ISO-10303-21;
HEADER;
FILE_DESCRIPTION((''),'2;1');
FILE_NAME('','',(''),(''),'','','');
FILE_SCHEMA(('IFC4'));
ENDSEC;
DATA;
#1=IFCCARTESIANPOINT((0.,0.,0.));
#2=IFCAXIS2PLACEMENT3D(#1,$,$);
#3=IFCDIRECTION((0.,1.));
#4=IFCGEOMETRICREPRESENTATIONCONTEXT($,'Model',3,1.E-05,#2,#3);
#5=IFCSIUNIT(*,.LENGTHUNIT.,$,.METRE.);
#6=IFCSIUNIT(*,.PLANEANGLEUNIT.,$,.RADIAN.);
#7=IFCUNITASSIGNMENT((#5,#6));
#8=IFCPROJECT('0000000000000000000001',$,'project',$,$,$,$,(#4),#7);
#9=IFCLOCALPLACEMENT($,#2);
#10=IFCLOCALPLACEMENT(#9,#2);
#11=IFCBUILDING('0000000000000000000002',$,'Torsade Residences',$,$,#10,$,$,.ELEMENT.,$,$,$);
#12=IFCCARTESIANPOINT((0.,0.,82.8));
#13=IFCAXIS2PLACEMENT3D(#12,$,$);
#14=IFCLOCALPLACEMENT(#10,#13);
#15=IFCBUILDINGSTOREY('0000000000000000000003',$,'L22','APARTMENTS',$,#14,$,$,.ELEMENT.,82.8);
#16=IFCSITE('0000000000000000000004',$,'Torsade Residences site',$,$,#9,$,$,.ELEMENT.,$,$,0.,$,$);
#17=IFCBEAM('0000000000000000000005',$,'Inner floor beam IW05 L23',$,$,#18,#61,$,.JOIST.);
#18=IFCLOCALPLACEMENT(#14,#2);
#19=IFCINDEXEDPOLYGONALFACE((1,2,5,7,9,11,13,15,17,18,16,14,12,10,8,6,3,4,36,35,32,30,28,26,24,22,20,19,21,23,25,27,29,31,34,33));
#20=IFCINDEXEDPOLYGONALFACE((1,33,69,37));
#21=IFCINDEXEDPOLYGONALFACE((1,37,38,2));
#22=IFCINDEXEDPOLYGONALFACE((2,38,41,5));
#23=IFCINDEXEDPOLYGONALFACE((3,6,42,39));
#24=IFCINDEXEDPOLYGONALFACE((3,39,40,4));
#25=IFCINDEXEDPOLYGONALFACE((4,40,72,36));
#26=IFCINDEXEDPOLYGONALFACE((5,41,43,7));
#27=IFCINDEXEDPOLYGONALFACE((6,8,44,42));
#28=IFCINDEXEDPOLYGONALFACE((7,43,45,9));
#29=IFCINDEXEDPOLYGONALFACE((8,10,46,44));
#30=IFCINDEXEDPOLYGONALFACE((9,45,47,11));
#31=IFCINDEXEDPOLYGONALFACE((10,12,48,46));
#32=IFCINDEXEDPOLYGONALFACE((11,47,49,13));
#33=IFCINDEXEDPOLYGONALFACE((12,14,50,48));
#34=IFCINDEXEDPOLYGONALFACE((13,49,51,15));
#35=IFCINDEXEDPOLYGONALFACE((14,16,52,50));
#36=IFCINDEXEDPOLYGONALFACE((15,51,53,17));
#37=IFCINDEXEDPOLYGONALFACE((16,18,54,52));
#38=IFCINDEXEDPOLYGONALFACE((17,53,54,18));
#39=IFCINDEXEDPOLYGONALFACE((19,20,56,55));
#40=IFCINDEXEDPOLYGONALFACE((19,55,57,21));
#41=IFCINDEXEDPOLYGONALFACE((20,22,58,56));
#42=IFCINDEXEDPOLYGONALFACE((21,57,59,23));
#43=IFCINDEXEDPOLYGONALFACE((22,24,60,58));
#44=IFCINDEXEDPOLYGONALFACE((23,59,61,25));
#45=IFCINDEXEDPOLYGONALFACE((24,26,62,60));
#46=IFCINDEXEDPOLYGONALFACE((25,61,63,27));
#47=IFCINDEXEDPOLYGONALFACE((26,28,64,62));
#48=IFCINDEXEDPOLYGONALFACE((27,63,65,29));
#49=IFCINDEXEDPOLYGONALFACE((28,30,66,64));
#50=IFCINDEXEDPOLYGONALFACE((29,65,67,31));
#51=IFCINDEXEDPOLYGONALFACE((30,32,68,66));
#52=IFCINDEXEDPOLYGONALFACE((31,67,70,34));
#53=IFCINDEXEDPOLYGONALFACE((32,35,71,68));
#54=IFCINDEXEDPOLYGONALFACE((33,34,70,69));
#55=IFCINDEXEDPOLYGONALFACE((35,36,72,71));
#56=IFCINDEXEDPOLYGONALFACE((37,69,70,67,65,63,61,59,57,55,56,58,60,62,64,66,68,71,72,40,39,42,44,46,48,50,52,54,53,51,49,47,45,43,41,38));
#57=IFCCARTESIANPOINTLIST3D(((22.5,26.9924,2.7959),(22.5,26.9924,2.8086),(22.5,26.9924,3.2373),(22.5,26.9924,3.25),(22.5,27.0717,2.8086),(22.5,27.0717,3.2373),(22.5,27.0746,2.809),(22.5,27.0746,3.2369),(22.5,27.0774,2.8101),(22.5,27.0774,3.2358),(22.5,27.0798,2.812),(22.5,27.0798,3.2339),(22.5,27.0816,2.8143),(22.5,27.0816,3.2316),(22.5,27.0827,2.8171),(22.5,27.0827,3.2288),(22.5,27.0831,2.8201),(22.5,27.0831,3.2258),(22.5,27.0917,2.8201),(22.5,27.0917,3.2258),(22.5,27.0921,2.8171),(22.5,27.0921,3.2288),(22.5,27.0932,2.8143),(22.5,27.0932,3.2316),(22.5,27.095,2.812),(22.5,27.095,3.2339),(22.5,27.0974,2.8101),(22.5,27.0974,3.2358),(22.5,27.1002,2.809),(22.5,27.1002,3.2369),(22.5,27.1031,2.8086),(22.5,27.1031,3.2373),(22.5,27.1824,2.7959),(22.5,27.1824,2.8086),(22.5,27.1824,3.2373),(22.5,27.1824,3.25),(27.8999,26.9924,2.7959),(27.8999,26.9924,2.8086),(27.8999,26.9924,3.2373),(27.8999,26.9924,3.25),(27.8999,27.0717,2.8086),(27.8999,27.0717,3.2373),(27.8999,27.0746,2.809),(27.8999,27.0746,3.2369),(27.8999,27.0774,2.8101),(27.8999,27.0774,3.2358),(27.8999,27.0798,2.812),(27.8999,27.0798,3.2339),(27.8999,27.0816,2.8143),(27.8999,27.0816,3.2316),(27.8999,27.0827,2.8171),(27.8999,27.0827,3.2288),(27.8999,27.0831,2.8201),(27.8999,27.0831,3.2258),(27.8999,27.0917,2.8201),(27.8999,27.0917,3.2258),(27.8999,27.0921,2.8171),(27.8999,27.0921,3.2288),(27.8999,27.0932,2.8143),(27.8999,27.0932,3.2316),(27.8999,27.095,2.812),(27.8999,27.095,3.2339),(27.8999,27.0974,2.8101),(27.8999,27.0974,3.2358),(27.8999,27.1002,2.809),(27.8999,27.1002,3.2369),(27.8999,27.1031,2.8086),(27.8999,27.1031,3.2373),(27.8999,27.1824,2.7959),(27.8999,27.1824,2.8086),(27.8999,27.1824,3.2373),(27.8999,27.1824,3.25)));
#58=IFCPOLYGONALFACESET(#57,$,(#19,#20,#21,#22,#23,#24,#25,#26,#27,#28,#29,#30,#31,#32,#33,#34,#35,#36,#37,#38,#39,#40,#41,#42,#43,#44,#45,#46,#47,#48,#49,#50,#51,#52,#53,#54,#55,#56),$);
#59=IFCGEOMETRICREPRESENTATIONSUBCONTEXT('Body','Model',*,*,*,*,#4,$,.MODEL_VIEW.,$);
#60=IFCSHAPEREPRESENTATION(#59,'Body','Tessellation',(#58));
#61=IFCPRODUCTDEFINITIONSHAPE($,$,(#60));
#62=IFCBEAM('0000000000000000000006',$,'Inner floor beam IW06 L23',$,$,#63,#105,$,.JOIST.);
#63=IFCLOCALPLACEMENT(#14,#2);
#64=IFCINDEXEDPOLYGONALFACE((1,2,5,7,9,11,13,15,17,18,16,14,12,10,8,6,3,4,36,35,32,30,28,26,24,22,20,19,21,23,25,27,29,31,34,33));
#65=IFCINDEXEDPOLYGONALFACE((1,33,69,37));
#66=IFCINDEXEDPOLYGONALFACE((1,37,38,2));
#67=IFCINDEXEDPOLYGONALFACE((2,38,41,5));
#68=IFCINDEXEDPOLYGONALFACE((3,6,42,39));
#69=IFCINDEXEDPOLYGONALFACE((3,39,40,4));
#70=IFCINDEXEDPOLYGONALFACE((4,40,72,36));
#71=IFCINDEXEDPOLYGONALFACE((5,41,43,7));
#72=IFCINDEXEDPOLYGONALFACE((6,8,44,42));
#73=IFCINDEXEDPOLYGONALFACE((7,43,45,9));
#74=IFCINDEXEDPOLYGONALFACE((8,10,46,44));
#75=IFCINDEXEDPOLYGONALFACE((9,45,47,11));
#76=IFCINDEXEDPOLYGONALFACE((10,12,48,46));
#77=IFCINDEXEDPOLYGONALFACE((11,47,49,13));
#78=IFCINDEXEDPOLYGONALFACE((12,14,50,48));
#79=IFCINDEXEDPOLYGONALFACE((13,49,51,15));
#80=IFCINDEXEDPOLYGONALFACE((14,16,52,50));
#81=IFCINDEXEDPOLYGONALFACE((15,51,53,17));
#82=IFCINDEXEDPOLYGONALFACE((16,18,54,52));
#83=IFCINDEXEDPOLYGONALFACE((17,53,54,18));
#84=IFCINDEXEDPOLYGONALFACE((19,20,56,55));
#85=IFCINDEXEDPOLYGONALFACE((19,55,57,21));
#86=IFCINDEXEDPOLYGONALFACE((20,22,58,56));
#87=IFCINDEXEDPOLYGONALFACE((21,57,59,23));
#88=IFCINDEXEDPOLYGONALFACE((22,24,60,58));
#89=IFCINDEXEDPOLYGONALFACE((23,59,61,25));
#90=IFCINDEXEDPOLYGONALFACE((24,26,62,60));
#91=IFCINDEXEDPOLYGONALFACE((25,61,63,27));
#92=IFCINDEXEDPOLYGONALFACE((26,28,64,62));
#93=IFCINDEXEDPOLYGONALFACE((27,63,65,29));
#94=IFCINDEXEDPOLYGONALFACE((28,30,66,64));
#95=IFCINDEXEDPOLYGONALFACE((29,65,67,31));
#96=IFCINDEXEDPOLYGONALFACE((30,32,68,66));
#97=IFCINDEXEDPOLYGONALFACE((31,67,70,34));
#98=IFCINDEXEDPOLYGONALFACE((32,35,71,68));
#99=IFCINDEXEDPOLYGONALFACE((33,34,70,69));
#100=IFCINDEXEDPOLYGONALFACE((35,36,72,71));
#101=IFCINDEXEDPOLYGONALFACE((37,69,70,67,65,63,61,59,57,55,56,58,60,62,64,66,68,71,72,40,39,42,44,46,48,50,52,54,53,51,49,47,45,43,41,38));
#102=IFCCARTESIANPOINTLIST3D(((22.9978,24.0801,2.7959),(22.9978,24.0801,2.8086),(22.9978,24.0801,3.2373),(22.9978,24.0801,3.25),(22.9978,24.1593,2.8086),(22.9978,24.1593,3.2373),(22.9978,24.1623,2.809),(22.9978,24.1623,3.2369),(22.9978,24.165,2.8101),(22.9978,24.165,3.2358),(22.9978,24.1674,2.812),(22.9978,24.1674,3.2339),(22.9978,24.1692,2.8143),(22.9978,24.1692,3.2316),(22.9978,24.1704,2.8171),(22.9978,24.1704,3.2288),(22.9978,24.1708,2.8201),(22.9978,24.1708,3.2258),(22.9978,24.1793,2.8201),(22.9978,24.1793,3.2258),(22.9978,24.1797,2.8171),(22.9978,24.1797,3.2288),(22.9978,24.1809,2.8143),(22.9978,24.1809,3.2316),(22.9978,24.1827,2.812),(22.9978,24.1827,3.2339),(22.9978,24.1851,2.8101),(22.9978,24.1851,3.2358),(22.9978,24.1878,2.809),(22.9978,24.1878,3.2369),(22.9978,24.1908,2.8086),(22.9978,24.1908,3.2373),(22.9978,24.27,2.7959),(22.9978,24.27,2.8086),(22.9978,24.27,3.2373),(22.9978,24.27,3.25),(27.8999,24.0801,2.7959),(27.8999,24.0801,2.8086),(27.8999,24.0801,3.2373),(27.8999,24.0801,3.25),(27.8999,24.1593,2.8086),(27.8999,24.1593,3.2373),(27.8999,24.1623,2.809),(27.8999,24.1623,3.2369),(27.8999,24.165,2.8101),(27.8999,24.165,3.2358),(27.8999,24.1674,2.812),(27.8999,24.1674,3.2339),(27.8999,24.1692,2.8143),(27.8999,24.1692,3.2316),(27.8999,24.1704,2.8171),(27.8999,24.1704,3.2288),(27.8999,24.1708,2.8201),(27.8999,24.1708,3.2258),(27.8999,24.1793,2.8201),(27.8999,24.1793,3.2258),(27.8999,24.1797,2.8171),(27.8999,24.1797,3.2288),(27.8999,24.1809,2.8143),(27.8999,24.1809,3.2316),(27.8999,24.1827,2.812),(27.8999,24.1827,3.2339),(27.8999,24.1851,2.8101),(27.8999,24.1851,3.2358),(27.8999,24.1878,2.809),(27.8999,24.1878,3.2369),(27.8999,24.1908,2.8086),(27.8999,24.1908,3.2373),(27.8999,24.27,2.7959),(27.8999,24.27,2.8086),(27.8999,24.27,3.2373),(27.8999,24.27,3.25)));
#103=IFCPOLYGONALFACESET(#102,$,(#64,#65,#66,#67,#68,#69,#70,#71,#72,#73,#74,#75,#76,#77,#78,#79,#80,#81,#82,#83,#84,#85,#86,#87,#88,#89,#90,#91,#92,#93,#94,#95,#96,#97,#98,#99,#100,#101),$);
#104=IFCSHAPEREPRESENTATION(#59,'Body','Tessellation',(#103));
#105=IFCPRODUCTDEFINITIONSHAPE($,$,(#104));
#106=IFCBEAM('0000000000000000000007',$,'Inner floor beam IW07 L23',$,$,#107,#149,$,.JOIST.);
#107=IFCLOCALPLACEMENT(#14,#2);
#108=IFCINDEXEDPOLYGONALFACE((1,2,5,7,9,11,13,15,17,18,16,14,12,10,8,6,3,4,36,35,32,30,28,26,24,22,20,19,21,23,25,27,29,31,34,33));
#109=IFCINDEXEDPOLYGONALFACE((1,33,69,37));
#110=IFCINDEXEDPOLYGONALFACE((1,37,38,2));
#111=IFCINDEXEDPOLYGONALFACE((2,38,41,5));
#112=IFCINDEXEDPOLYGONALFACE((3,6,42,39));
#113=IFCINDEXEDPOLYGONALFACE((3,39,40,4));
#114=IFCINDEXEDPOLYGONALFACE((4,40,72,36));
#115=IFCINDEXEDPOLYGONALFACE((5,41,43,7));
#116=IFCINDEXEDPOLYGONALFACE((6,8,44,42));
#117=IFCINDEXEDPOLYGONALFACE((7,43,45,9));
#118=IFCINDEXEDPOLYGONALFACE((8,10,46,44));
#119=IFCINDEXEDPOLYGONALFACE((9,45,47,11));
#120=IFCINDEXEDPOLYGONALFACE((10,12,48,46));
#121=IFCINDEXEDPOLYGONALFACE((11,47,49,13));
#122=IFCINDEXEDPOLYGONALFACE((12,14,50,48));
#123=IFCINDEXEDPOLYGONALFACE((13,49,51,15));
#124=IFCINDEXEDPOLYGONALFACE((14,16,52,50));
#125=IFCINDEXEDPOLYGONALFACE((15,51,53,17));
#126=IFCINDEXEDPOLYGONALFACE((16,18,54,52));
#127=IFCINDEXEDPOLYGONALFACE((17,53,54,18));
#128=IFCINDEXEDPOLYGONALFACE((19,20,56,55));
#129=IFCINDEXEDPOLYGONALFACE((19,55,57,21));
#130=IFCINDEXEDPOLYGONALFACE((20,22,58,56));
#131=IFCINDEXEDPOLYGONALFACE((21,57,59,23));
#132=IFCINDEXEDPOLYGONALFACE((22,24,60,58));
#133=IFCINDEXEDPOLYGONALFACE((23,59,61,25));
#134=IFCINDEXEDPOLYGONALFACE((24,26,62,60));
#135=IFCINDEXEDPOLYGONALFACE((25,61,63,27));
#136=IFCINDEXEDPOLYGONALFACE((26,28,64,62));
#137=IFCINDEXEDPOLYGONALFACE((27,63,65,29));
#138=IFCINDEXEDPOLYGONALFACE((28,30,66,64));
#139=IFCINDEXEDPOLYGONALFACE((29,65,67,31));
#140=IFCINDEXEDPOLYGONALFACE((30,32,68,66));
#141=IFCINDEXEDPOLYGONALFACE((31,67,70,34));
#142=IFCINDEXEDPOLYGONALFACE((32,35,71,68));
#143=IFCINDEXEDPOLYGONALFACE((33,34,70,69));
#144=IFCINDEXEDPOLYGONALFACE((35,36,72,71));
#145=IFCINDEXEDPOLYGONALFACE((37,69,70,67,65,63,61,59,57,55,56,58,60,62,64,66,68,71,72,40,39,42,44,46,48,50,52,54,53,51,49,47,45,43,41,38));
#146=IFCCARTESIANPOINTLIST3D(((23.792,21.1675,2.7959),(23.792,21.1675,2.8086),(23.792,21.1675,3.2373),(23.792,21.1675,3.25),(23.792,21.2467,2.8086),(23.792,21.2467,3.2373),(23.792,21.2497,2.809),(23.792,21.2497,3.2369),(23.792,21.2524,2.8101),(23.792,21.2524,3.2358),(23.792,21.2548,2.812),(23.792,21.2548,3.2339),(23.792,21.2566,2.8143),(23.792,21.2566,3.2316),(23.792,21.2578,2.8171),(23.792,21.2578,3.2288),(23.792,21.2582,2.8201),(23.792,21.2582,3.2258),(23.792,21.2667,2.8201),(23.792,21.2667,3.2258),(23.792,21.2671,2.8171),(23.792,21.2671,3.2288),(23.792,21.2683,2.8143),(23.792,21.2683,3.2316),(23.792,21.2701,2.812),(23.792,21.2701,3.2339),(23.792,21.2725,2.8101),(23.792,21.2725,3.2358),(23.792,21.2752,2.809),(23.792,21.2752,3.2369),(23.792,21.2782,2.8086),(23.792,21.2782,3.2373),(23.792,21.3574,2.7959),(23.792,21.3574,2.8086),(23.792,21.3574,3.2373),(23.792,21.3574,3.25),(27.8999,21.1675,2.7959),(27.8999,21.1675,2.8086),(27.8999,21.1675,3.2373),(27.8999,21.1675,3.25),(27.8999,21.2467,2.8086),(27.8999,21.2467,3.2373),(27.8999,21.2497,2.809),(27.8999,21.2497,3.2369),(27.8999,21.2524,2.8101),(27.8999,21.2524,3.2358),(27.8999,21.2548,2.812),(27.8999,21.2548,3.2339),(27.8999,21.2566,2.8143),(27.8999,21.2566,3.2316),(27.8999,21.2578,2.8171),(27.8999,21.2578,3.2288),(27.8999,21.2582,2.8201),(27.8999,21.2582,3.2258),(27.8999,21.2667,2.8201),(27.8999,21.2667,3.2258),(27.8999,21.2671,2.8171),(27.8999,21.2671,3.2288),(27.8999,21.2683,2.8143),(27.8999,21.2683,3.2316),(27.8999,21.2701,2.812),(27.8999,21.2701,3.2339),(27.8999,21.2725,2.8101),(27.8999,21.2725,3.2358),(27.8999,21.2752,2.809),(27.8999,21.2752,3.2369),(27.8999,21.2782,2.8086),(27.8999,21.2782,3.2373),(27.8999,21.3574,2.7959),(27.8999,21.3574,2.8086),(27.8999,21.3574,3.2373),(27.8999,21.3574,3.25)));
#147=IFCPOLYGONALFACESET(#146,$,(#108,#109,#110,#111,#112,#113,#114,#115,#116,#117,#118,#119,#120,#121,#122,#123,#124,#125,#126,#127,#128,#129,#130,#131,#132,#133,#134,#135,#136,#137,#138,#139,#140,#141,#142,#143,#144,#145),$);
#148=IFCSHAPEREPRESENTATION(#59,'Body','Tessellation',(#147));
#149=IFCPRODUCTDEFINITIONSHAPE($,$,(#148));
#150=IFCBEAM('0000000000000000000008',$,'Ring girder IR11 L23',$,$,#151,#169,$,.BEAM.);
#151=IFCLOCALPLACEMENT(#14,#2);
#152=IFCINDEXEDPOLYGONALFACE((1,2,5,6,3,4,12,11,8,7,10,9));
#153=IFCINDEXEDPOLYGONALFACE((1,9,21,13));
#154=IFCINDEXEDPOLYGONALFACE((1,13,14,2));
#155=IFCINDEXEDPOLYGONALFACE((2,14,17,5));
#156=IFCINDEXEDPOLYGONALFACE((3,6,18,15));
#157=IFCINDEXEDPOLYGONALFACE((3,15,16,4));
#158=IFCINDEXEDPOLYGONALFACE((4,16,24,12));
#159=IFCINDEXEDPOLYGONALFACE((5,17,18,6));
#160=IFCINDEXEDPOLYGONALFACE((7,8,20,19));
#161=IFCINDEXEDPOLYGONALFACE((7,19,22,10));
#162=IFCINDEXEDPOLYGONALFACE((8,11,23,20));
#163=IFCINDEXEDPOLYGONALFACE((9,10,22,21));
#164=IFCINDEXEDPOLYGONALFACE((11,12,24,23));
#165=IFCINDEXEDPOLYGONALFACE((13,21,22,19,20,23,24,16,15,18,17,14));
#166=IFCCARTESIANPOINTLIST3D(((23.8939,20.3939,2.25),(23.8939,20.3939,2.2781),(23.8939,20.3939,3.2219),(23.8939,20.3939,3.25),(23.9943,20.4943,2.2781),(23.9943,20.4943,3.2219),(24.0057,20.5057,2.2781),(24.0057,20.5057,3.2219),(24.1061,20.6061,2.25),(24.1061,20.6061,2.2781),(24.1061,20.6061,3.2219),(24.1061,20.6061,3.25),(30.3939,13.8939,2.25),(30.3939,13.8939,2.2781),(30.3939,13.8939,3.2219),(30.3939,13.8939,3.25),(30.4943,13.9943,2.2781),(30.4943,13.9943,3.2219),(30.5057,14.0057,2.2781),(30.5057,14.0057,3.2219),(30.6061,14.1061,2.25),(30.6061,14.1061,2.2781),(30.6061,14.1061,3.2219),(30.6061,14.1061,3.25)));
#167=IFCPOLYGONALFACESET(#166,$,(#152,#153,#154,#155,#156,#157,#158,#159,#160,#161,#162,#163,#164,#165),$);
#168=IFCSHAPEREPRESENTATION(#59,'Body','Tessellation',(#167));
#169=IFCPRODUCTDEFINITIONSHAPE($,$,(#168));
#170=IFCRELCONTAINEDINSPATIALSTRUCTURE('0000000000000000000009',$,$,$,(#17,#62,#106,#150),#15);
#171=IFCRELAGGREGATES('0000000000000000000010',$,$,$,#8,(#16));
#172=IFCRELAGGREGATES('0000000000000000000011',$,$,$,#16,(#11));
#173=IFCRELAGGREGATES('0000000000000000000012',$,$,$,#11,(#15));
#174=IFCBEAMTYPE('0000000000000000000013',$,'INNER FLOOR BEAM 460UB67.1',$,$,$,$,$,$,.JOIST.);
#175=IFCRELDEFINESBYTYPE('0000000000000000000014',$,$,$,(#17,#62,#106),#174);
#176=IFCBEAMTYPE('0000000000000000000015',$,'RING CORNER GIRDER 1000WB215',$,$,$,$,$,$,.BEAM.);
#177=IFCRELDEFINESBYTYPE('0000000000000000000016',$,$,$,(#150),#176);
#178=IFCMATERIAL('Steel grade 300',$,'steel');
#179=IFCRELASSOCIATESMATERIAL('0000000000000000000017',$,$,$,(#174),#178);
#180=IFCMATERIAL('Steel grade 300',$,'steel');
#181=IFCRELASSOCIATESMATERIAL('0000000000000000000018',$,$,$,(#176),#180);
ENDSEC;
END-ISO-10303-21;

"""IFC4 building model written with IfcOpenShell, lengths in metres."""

from ifc_helpers import new_model, si_unit, direction, frame, origin, origin_2d, place, context, subcontext, project, spatial, i_section, extrude, material, material_profile, profile_set, type_object, element, save


model = new_model("IFC4")

# Units and contexts
model_context = context("Model", 3, precision=1e-05, world=origin(), true_north=direction((0.0, 1.0)))
body_context = subcontext(model_context, "Body", "Model", "MODEL_VIEW")
ifc_project = project(units=[si_unit("LENGTHUNIT", "METRE"), si_unit("PLANEANGLEUNIT", "RADIAN")], contexts=[model_context])

# Site, building, storey
site_placement = place(None, origin())
site = spatial("IfcSite", under=ifc_project, at=site_placement, Name="Torsade Residences site", CompositionType="ELEMENT", RefElevation=0.0)
building_placement = place(site_placement, origin())
building = spatial("IfcBuilding", under=site, at=building_placement, Name="Torsade Residences", CompositionType="ELEMENT")
storey_placement = place(building_placement, frame((0.0, 0.0, 82.8)))
storey = spatial("IfcBuildingStorey", under=building, at=storey_placement, Name="L22", Description="APARTMENTS", CompositionType="ELEMENT", Elevation=82.8)

# Beams
ifc_material_1 = material(Name="Steel grade 300", Category="steel")
ifc_material_profile_1 = material_profile(ifc_material_1, i_section(OverallWidth=0.1899, OverallDepth=0.4541, WebThickness=0.0085, FlangeThickness=0.0127, FilletRadius=0.0115, at=origin_2d()), Name="460UB67.1")
ifc_profile_set_1 = profile_set([ifc_material_profile_1], Name="Steel grade 300")
beam_type_1 = type_object("IfcBeamType", Name="INNER FLOOR BEAM 460UB67.1", PredefinedType="JOIST", material=ifc_profile_set_1)
beam_1_placement = place(storey_placement, frame((27.8999, 27.0874, 3.0229), z_axis=(-1.0, 0.0, 0.0), x_axis=(0.0, -1.0, 0.0)))
element("IfcBeam", 1, at=beam_1_placement, inside=storey, type_object=beam_type_1, Name="Inner floor beam IW05 L23", PredefinedType="JOIST", context=body_context, shape_type="SweptSolid", body=[
    extrude(i_section(OverallWidth=0.1899, OverallDepth=0.4541, WebThickness=0.0085, FlangeThickness=0.0127, FilletRadius=0.0115, at=origin_2d()), origin(), (0.0, 0.0, 1.0), 5.3999),
])
beam_2_placement = place(storey_placement, frame((27.8999, 24.175, 3.0229), z_axis=(-1.0, 0.0, 0.0), x_axis=(0.0, -1.0, 0.0)))
element("IfcBeam", 2, at=beam_2_placement, inside=storey, type_object=beam_type_1, Name="Inner floor beam IW06 L23", PredefinedType="JOIST", context=body_context, shape_type="SweptSolid", body=[
    extrude(i_section(OverallWidth=0.1899, OverallDepth=0.4541, WebThickness=0.0085, FlangeThickness=0.0127, FilletRadius=0.0115, at=origin_2d()), origin(), (0.0, 0.0, 1.0), 4.9021),
])
beam_3_placement = place(storey_placement, frame((27.8999, 21.2625, 3.0229), z_axis=(-1.0, 0.0, 0.0), x_axis=(0.0, -1.0, 0.0)))
element("IfcBeam", 3, at=beam_3_placement, inside=storey, type_object=beam_type_1, Name="Inner floor beam IW07 L23", PredefinedType="JOIST", context=body_context, shape_type="SweptSolid", body=[
    extrude(i_section(OverallWidth=0.1899, OverallDepth=0.4541, WebThickness=0.0085, FlangeThickness=0.0127, FilletRadius=0.0115, at=origin_2d()), origin(), (0.0, 0.0, 1.0), 4.1079),
])
ifc_material_2 = material(Name="Steel grade 300", Category="steel")
ifc_material_profile_2 = material_profile(ifc_material_2, i_section(OverallWidth=0.3, OverallDepth=1.0, WebThickness=0.0161, FlangeThickness=0.0281, at=origin_2d()), Name="1000WB215")
ifc_profile_set_2 = profile_set([ifc_material_profile_2], Name="Steel grade 300")
beam_type_2 = type_object("IfcBeamType", Name="RING CORNER GIRDER 1000WB215", PredefinedType="BEAM", material=ifc_profile_set_2)
beam_4_placement = place(storey_placement, frame((24.0, 20.5, 2.75), z_axis=(0.707107, -0.707107, 0.0), x_axis=(0.707107, 0.707107, 0.0)))
element("IfcBeam", 4, at=beam_4_placement, inside=storey, type_object=beam_type_2, Name="Ring girder IR11 L23", PredefinedType="BEAM", context=body_context, shape_type="SweptSolid", body=[
    extrude(i_section(OverallWidth=0.3, OverallDepth=1.0, WebThickness=0.0161, FlangeThickness=0.0281, at=origin_2d()), origin(), (0.0, 0.0, 1.0), 9.1924),
])

save(model, "model.ifc")
